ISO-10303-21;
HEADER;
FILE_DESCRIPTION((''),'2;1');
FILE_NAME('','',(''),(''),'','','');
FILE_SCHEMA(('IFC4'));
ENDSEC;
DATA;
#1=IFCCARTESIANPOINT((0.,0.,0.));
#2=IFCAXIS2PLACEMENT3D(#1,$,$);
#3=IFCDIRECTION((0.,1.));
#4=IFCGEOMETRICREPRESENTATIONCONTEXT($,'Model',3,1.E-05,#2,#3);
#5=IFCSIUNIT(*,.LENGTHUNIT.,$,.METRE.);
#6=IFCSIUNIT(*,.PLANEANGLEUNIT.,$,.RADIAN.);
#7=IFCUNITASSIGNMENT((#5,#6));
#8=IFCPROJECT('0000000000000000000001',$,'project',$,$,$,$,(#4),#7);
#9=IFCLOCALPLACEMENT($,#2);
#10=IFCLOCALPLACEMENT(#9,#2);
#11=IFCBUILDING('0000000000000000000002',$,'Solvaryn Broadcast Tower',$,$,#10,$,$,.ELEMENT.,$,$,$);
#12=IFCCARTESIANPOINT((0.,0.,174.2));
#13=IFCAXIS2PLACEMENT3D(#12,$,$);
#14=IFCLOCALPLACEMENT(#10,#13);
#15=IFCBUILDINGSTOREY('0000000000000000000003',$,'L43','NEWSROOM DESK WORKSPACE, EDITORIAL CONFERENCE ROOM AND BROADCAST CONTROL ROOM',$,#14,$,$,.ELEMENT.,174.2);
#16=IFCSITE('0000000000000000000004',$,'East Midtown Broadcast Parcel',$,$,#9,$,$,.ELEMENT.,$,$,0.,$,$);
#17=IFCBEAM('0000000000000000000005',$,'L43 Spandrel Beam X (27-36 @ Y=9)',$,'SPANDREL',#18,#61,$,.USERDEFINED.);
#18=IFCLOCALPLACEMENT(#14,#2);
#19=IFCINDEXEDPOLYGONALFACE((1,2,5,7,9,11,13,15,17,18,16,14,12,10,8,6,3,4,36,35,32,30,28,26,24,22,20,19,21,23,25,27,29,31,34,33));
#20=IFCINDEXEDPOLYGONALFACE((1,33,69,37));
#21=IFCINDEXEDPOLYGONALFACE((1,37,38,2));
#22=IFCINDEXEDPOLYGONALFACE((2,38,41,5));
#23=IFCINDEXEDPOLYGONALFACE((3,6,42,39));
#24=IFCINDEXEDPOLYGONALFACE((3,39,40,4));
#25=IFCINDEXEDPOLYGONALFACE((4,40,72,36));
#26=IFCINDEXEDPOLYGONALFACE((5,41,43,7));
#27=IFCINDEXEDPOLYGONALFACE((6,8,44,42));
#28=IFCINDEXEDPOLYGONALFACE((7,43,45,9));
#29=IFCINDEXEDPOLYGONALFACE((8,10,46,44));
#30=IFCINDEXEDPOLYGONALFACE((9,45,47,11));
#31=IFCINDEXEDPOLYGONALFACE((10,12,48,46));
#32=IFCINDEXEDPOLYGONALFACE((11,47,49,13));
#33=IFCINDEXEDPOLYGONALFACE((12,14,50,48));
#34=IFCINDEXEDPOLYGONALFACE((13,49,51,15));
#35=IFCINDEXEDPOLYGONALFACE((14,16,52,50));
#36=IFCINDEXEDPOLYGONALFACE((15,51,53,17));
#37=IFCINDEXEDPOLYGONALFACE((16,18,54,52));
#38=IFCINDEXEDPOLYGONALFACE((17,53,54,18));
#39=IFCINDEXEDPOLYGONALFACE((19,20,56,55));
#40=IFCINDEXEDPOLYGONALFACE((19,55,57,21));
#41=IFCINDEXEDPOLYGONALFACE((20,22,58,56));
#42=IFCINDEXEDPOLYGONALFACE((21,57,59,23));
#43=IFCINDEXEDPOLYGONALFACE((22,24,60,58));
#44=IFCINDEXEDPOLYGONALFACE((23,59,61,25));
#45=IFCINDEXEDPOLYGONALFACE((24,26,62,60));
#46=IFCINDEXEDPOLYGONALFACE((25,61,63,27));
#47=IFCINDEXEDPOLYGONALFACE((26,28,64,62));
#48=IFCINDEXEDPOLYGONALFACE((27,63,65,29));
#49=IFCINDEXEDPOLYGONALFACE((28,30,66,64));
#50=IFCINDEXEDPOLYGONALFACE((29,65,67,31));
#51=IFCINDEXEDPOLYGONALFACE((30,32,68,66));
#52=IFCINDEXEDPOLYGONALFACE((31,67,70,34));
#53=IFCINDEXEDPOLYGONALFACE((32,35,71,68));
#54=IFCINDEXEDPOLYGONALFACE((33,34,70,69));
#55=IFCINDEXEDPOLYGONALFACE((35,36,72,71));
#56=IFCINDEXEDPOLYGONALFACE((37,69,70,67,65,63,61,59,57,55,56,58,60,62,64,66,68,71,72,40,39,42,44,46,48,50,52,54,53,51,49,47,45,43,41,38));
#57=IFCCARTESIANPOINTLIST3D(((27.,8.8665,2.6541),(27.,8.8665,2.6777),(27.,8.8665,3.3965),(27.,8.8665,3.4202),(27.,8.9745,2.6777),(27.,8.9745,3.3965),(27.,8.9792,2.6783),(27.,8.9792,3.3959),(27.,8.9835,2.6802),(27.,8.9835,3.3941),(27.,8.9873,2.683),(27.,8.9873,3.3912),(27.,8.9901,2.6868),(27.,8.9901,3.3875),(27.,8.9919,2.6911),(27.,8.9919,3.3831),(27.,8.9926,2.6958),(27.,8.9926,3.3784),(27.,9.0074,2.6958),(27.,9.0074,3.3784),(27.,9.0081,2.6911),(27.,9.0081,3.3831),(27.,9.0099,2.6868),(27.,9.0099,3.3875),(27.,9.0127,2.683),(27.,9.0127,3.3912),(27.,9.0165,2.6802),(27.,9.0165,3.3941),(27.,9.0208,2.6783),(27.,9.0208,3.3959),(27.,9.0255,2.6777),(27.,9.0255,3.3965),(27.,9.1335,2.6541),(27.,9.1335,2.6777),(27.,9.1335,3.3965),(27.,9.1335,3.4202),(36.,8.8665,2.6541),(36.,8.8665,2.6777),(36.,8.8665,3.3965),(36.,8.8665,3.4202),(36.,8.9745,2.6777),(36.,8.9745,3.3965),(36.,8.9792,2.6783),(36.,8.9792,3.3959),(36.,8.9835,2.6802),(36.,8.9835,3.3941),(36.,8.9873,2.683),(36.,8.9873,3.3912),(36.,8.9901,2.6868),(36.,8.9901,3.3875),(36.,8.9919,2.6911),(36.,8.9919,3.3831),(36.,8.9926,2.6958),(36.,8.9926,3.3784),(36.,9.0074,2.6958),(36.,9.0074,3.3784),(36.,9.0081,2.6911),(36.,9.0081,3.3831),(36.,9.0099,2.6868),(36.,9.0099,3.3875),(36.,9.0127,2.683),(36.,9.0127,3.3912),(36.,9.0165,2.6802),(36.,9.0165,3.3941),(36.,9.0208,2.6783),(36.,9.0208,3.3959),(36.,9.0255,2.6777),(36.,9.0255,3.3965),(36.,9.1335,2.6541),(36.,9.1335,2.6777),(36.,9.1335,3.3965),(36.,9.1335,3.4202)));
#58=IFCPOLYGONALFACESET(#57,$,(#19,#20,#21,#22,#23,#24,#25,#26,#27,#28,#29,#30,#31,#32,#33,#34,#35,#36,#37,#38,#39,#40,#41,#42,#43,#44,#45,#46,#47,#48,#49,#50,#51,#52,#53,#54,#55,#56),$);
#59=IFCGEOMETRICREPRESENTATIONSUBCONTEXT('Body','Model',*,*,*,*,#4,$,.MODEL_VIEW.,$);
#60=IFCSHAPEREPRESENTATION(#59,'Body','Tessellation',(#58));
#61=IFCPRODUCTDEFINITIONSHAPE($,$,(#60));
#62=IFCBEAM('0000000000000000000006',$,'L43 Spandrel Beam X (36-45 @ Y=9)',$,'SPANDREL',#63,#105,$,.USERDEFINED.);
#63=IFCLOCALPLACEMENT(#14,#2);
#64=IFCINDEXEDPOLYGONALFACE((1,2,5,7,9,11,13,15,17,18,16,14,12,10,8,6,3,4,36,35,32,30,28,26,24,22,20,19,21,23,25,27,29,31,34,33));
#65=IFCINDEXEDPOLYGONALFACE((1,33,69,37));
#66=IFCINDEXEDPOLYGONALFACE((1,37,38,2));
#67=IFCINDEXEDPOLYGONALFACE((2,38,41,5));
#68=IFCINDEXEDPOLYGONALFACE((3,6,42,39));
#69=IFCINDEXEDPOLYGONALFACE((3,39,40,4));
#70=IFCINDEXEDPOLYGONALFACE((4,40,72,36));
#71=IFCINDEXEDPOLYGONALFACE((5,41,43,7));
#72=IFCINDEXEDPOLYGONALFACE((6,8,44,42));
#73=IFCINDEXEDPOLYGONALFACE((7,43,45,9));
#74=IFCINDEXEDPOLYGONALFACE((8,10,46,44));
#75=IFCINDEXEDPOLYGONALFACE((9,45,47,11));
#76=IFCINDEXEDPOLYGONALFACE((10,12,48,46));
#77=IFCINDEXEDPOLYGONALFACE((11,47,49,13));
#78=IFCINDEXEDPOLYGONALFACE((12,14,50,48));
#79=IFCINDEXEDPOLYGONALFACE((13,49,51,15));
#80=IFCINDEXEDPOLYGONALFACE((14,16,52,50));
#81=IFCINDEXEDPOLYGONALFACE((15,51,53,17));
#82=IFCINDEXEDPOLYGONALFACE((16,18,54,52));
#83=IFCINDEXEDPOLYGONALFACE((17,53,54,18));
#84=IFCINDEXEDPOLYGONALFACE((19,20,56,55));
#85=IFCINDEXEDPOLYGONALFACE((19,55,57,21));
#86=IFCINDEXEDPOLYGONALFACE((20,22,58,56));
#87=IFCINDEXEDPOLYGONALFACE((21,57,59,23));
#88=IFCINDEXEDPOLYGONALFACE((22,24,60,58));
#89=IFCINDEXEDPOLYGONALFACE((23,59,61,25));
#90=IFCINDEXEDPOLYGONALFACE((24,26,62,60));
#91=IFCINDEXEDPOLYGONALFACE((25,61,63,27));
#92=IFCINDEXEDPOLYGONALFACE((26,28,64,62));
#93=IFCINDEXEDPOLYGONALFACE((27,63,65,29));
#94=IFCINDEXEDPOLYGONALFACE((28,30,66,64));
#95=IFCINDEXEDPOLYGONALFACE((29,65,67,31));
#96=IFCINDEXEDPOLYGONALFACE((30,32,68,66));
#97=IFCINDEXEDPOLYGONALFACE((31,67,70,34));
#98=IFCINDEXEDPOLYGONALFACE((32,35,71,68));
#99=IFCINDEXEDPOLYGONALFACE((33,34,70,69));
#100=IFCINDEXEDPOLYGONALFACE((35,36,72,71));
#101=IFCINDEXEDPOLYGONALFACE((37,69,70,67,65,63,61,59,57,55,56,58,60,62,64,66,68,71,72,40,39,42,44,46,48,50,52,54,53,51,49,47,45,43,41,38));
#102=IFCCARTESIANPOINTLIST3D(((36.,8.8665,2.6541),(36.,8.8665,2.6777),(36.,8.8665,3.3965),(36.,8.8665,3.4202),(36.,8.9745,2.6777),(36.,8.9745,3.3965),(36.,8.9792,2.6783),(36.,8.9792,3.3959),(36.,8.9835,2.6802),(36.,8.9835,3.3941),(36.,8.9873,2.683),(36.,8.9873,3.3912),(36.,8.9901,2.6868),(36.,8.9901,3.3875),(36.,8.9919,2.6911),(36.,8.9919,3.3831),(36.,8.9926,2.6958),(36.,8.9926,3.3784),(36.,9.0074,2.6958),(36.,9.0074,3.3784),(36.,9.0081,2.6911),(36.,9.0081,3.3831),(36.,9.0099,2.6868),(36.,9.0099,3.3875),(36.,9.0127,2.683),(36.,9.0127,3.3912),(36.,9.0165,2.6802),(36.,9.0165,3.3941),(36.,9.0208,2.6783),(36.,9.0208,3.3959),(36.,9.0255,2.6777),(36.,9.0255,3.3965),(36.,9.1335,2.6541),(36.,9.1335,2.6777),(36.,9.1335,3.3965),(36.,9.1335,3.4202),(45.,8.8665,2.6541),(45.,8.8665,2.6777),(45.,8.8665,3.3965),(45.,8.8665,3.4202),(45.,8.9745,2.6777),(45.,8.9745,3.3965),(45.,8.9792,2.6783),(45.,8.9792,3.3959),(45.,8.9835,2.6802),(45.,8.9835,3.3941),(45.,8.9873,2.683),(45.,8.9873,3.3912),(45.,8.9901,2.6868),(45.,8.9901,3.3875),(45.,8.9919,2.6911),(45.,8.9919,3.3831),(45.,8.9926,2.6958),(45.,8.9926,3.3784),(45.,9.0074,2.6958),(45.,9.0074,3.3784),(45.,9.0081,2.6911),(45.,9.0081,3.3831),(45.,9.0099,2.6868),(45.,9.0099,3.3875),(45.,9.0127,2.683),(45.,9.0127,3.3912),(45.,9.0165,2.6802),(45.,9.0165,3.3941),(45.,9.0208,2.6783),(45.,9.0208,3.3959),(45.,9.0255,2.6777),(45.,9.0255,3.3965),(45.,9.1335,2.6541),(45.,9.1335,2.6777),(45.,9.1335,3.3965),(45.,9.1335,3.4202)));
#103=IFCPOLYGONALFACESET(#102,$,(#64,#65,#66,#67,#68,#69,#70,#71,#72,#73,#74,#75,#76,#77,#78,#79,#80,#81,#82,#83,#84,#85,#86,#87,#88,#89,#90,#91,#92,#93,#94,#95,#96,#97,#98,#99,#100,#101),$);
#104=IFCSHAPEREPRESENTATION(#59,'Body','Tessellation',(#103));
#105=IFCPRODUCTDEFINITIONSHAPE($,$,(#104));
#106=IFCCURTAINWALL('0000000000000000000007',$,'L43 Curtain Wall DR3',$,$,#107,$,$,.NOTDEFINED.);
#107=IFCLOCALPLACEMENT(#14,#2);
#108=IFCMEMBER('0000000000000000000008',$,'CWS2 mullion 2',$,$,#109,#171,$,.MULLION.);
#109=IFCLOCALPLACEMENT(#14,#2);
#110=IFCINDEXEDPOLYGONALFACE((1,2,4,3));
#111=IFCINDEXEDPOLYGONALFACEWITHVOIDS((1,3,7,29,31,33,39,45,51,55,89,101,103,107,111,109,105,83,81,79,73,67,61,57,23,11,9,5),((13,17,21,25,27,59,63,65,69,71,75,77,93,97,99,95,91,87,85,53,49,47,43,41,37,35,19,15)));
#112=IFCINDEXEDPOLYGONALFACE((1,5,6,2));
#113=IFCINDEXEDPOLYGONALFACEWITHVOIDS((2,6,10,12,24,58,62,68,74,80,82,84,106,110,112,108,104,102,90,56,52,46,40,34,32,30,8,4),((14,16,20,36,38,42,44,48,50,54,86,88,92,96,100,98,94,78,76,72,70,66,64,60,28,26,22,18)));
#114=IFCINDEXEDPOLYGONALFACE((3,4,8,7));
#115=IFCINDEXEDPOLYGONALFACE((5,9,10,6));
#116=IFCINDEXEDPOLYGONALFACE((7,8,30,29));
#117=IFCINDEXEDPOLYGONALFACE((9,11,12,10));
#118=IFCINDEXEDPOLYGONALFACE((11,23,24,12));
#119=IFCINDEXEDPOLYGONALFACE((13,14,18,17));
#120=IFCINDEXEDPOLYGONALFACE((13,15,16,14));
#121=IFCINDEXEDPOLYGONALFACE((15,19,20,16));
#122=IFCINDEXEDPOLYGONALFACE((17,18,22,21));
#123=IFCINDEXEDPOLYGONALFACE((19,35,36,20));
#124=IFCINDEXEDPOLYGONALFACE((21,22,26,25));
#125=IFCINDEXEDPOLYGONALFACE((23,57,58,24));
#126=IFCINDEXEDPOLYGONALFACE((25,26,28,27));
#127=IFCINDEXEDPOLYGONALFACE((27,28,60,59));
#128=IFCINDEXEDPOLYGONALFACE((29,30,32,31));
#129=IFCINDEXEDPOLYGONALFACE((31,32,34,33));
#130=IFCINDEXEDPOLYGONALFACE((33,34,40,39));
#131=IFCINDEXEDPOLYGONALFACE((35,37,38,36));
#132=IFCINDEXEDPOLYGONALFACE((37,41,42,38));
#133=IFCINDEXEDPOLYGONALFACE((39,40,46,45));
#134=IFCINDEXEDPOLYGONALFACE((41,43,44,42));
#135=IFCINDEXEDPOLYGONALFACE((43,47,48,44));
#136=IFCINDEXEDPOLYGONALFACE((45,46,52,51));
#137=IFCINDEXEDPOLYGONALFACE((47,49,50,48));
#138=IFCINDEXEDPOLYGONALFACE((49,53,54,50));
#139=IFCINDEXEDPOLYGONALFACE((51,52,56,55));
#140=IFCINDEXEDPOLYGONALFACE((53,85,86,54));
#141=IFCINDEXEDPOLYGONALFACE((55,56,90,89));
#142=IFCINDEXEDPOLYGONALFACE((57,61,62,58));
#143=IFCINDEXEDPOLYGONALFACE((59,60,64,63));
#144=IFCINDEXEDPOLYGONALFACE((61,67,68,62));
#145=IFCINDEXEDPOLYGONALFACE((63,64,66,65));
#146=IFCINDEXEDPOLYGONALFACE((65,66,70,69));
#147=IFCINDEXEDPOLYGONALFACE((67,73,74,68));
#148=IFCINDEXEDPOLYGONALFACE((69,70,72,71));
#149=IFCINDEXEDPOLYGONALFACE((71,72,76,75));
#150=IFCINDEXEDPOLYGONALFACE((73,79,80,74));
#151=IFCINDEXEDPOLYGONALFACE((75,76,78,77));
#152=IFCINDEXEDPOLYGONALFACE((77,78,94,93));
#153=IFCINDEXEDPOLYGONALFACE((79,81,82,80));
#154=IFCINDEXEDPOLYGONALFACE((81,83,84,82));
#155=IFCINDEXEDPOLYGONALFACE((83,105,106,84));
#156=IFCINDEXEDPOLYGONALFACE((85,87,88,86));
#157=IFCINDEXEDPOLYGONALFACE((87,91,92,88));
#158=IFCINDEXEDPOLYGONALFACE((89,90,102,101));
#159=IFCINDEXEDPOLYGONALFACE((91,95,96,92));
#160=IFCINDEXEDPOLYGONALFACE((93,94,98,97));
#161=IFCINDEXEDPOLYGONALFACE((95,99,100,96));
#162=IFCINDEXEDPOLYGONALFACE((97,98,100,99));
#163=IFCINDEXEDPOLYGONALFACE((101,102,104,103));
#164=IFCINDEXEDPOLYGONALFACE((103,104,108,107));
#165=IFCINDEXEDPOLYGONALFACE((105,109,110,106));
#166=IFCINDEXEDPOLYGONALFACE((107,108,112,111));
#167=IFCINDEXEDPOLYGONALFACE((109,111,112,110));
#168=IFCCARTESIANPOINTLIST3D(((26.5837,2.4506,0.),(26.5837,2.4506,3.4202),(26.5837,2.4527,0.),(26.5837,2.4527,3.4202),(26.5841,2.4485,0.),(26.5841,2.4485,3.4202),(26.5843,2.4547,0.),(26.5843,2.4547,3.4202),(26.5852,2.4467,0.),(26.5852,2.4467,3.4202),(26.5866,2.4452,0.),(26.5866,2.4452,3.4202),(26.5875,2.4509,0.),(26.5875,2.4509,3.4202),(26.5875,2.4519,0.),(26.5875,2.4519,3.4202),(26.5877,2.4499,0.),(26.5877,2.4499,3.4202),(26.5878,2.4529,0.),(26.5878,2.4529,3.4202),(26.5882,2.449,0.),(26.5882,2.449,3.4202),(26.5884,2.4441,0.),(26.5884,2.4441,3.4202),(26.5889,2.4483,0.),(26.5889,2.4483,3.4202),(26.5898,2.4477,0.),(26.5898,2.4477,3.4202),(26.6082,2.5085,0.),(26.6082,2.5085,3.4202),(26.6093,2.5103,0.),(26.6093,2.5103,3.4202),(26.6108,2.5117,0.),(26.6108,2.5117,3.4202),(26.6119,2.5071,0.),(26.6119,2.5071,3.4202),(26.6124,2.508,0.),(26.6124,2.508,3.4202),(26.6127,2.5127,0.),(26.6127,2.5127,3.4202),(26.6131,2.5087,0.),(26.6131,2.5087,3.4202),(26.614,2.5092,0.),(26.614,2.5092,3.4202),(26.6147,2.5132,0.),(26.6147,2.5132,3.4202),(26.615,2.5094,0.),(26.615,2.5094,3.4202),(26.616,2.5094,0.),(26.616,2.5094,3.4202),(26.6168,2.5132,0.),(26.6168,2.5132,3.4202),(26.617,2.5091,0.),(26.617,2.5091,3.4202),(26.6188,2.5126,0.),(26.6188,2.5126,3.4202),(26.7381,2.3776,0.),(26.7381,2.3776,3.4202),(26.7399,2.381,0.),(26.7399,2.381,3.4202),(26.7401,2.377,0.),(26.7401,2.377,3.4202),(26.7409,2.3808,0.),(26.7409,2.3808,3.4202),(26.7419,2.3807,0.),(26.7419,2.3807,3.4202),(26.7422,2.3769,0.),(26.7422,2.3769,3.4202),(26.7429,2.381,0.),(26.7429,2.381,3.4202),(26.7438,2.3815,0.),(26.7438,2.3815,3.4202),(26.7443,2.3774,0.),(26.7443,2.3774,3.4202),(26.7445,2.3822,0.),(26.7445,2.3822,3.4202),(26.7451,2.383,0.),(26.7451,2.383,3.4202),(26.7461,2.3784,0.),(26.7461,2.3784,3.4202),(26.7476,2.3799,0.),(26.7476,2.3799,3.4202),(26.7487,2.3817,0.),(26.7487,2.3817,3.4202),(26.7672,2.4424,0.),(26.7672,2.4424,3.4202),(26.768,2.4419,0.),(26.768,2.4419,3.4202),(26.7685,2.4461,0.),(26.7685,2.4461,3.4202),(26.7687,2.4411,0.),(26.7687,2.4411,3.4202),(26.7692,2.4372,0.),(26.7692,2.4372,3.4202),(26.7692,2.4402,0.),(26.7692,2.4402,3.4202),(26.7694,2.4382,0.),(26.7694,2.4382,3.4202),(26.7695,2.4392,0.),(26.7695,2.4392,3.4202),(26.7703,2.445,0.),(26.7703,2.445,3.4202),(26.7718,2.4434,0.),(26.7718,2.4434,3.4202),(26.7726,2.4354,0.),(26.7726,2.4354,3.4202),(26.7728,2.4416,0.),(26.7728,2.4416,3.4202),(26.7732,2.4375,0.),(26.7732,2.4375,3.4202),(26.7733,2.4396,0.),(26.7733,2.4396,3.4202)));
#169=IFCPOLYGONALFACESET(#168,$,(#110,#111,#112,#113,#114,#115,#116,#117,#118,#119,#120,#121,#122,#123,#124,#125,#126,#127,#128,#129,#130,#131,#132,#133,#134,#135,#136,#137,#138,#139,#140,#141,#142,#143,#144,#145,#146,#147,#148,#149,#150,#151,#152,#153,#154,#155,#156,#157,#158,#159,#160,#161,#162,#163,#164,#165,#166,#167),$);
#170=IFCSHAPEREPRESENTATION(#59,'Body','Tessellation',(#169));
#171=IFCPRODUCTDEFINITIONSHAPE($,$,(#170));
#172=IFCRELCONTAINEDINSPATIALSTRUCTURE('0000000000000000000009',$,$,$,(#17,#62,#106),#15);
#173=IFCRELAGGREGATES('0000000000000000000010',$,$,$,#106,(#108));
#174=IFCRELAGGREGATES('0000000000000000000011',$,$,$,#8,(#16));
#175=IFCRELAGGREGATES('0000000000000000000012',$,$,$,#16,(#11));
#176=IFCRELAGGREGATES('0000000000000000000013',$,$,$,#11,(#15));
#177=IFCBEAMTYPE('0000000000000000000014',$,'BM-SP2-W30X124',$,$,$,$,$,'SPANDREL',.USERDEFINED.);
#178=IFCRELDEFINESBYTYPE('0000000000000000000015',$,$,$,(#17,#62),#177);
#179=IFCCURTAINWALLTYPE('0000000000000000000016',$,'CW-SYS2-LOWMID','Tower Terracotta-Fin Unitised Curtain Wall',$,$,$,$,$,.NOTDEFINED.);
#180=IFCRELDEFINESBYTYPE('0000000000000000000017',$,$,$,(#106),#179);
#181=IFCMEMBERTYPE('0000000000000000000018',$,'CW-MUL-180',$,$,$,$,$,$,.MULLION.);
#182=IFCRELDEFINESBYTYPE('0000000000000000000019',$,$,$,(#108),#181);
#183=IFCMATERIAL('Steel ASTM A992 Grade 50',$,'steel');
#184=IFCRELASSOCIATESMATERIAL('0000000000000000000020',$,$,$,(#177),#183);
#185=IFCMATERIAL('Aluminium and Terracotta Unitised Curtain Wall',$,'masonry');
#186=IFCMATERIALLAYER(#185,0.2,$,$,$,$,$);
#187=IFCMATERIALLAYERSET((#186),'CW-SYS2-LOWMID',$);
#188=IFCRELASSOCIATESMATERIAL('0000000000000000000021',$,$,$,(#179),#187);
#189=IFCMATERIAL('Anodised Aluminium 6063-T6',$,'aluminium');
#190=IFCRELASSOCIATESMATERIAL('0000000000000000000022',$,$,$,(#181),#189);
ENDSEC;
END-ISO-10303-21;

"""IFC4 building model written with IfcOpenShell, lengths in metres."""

from ifc_helpers import new_model, si_unit, direction, frame, origin, origin_2d, place, context, subcontext, project, spatial, hollow_rectangle, i_section, extrude, material, layer, layer_set, material_profile, profile_set, type_object, element, aggregate, save


model = new_model("IFC4")

# Units and contexts
model_context = context("Model", 3, precision=1e-05, world=origin(), true_north=direction((0.0, 1.0)))
body_context = subcontext(model_context, "Body", "Model", "MODEL_VIEW")
ifc_project = project(units=[si_unit("LENGTHUNIT", "METRE"), si_unit("PLANEANGLEUNIT", "RADIAN")], contexts=[model_context])

# Site, building, storey
site_placement = place(None, origin())
site = spatial("IfcSite", under=ifc_project, at=site_placement, Name="East Midtown Broadcast Parcel", CompositionType="ELEMENT", RefElevation=0.0)
building_placement = place(site_placement, origin())
building = spatial("IfcBuilding", under=site, at=building_placement, Name="Solvaryn Broadcast Tower", CompositionType="ELEMENT")
storey_placement = place(building_placement, frame((0.0, 0.0, 174.2)))
storey = spatial("IfcBuildingStorey", under=building, at=storey_placement, Name="L43", Description="NEWSROOM DESK WORKSPACE, EDITORIAL CONFERENCE ROOM AND BROADCAST CONTROL ROOM", CompositionType="ELEMENT", Elevation=174.2)

# Beams
ifc_material_1 = material(Name="Steel ASTM A992 Grade 50", Category="steel")
ifc_material_profile_1 = material_profile(ifc_material_1, i_section(OverallWidth=0.2671, OverallDepth=0.7661, WebThickness=0.0149, FlangeThickness=0.0237, FilletRadius=0.0181, at=origin_2d()))
ifc_profile_set_1 = profile_set([ifc_material_profile_1], Name="Steel ASTM A992 Grade 50")
beam_type_1 = type_object("IfcBeamType", Name="BM-SP2-W30X124", ElementType="SPANDREL", PredefinedType="USERDEFINED", material=ifc_profile_set_1)
for number, where, z_axis, x_axis, name in (
    (1, (27.0, 9.0, 3.0371), (1.0, 0.0, 0.0), (0.0, 1.0, 0.0), "L43 Spandrel Beam X (27-36 @ Y=9)"),
    (2, (36.0, 9.0, 3.0371), (1.0, 0.0, 0.0), (0.0, 1.0, 0.0), "L43 Spandrel Beam X (36-45 @ Y=9)"),
):
    element("IfcBeam", number, at=place(storey_placement, frame(where, z_axis=z_axis, x_axis=x_axis)), inside=storey, type_object=beam_type_1, Name=name, ObjectType="SPANDREL", PredefinedType="USERDEFINED", context=body_context, shape_type="SweptSolid", body=[
        extrude(i_section(OverallWidth=0.2671, OverallDepth=0.7661, WebThickness=0.0149, FlangeThickness=0.0237, FilletRadius=0.0181, at=origin_2d()), origin(), (0.0, 0.0, 1.0), 9.0),
    ])

# Curtain wall, member
ifc_material_2 = material(Name="Aluminium and Terracotta Unitised Curtain Wall", Category="masonry")
ifc_layer_1 = layer(ifc_material_2, 0.2)
ifc_layer_set_1 = layer_set([ifc_layer_1], Name="CW-SYS2-LOWMID")
curtain_wall_type = type_object("IfcCurtainWallType", Name="CW-SYS2-LOWMID", Description="Tower Terracotta-Fin Unitised Curtain Wall", PredefinedType="NOTDEFINED", material=ifc_layer_set_1)
curtain_wall_1_placement = place(storey_placement, origin())
curtain_wall_1 = element("IfcCurtainWall", 3, at=curtain_wall_1_placement, inside=storey, type_object=curtain_wall_type, Name="L43 Curtain Wall DR3", PredefinedType="NOTDEFINED")
ifc_material_3 = material(Name="Anodised Aluminium 6063-T6", Category="aluminium")
ifc_material_profile_2 = material_profile(ifc_material_3, hollow_rectangle(XDim=0.075, YDim=0.1799, WallThickness=0.0039, InnerFilletRadius=0.0039, OuterFilletRadius=0.0081, at=origin_2d()))
ifc_profile_set_2 = profile_set([ifc_material_profile_2], Name="Anodised Aluminium 6063-T6")
member_type_1 = type_object("IfcMemberType", Name="CW-MUL-180", PredefinedType="MULLION", material=ifc_profile_set_2)
member_1_placement = place(storey_placement, frame((26.6785, 2.4451, 0.0), z_axis=(0.0, 0.0, 1.0), x_axis=(0.405901, 0.913917, 0.0)))
member_1 = element("IfcMember", 4, at=member_1_placement, type_object=member_type_1, Name="CWS2 mullion 2", PredefinedType="MULLION", context=body_context, shape_type="SweptSolid", body=[
    extrude(hollow_rectangle(XDim=0.075, YDim=0.1799, WallThickness=0.0039, InnerFilletRadius=0.0039, OuterFilletRadius=0.0081, at=origin_2d()), origin(), (0.0, 0.0, 1.0), 3.4202),
])
aggregate(curtain_wall_1, [member_1])

save(model, "model.ifc")
